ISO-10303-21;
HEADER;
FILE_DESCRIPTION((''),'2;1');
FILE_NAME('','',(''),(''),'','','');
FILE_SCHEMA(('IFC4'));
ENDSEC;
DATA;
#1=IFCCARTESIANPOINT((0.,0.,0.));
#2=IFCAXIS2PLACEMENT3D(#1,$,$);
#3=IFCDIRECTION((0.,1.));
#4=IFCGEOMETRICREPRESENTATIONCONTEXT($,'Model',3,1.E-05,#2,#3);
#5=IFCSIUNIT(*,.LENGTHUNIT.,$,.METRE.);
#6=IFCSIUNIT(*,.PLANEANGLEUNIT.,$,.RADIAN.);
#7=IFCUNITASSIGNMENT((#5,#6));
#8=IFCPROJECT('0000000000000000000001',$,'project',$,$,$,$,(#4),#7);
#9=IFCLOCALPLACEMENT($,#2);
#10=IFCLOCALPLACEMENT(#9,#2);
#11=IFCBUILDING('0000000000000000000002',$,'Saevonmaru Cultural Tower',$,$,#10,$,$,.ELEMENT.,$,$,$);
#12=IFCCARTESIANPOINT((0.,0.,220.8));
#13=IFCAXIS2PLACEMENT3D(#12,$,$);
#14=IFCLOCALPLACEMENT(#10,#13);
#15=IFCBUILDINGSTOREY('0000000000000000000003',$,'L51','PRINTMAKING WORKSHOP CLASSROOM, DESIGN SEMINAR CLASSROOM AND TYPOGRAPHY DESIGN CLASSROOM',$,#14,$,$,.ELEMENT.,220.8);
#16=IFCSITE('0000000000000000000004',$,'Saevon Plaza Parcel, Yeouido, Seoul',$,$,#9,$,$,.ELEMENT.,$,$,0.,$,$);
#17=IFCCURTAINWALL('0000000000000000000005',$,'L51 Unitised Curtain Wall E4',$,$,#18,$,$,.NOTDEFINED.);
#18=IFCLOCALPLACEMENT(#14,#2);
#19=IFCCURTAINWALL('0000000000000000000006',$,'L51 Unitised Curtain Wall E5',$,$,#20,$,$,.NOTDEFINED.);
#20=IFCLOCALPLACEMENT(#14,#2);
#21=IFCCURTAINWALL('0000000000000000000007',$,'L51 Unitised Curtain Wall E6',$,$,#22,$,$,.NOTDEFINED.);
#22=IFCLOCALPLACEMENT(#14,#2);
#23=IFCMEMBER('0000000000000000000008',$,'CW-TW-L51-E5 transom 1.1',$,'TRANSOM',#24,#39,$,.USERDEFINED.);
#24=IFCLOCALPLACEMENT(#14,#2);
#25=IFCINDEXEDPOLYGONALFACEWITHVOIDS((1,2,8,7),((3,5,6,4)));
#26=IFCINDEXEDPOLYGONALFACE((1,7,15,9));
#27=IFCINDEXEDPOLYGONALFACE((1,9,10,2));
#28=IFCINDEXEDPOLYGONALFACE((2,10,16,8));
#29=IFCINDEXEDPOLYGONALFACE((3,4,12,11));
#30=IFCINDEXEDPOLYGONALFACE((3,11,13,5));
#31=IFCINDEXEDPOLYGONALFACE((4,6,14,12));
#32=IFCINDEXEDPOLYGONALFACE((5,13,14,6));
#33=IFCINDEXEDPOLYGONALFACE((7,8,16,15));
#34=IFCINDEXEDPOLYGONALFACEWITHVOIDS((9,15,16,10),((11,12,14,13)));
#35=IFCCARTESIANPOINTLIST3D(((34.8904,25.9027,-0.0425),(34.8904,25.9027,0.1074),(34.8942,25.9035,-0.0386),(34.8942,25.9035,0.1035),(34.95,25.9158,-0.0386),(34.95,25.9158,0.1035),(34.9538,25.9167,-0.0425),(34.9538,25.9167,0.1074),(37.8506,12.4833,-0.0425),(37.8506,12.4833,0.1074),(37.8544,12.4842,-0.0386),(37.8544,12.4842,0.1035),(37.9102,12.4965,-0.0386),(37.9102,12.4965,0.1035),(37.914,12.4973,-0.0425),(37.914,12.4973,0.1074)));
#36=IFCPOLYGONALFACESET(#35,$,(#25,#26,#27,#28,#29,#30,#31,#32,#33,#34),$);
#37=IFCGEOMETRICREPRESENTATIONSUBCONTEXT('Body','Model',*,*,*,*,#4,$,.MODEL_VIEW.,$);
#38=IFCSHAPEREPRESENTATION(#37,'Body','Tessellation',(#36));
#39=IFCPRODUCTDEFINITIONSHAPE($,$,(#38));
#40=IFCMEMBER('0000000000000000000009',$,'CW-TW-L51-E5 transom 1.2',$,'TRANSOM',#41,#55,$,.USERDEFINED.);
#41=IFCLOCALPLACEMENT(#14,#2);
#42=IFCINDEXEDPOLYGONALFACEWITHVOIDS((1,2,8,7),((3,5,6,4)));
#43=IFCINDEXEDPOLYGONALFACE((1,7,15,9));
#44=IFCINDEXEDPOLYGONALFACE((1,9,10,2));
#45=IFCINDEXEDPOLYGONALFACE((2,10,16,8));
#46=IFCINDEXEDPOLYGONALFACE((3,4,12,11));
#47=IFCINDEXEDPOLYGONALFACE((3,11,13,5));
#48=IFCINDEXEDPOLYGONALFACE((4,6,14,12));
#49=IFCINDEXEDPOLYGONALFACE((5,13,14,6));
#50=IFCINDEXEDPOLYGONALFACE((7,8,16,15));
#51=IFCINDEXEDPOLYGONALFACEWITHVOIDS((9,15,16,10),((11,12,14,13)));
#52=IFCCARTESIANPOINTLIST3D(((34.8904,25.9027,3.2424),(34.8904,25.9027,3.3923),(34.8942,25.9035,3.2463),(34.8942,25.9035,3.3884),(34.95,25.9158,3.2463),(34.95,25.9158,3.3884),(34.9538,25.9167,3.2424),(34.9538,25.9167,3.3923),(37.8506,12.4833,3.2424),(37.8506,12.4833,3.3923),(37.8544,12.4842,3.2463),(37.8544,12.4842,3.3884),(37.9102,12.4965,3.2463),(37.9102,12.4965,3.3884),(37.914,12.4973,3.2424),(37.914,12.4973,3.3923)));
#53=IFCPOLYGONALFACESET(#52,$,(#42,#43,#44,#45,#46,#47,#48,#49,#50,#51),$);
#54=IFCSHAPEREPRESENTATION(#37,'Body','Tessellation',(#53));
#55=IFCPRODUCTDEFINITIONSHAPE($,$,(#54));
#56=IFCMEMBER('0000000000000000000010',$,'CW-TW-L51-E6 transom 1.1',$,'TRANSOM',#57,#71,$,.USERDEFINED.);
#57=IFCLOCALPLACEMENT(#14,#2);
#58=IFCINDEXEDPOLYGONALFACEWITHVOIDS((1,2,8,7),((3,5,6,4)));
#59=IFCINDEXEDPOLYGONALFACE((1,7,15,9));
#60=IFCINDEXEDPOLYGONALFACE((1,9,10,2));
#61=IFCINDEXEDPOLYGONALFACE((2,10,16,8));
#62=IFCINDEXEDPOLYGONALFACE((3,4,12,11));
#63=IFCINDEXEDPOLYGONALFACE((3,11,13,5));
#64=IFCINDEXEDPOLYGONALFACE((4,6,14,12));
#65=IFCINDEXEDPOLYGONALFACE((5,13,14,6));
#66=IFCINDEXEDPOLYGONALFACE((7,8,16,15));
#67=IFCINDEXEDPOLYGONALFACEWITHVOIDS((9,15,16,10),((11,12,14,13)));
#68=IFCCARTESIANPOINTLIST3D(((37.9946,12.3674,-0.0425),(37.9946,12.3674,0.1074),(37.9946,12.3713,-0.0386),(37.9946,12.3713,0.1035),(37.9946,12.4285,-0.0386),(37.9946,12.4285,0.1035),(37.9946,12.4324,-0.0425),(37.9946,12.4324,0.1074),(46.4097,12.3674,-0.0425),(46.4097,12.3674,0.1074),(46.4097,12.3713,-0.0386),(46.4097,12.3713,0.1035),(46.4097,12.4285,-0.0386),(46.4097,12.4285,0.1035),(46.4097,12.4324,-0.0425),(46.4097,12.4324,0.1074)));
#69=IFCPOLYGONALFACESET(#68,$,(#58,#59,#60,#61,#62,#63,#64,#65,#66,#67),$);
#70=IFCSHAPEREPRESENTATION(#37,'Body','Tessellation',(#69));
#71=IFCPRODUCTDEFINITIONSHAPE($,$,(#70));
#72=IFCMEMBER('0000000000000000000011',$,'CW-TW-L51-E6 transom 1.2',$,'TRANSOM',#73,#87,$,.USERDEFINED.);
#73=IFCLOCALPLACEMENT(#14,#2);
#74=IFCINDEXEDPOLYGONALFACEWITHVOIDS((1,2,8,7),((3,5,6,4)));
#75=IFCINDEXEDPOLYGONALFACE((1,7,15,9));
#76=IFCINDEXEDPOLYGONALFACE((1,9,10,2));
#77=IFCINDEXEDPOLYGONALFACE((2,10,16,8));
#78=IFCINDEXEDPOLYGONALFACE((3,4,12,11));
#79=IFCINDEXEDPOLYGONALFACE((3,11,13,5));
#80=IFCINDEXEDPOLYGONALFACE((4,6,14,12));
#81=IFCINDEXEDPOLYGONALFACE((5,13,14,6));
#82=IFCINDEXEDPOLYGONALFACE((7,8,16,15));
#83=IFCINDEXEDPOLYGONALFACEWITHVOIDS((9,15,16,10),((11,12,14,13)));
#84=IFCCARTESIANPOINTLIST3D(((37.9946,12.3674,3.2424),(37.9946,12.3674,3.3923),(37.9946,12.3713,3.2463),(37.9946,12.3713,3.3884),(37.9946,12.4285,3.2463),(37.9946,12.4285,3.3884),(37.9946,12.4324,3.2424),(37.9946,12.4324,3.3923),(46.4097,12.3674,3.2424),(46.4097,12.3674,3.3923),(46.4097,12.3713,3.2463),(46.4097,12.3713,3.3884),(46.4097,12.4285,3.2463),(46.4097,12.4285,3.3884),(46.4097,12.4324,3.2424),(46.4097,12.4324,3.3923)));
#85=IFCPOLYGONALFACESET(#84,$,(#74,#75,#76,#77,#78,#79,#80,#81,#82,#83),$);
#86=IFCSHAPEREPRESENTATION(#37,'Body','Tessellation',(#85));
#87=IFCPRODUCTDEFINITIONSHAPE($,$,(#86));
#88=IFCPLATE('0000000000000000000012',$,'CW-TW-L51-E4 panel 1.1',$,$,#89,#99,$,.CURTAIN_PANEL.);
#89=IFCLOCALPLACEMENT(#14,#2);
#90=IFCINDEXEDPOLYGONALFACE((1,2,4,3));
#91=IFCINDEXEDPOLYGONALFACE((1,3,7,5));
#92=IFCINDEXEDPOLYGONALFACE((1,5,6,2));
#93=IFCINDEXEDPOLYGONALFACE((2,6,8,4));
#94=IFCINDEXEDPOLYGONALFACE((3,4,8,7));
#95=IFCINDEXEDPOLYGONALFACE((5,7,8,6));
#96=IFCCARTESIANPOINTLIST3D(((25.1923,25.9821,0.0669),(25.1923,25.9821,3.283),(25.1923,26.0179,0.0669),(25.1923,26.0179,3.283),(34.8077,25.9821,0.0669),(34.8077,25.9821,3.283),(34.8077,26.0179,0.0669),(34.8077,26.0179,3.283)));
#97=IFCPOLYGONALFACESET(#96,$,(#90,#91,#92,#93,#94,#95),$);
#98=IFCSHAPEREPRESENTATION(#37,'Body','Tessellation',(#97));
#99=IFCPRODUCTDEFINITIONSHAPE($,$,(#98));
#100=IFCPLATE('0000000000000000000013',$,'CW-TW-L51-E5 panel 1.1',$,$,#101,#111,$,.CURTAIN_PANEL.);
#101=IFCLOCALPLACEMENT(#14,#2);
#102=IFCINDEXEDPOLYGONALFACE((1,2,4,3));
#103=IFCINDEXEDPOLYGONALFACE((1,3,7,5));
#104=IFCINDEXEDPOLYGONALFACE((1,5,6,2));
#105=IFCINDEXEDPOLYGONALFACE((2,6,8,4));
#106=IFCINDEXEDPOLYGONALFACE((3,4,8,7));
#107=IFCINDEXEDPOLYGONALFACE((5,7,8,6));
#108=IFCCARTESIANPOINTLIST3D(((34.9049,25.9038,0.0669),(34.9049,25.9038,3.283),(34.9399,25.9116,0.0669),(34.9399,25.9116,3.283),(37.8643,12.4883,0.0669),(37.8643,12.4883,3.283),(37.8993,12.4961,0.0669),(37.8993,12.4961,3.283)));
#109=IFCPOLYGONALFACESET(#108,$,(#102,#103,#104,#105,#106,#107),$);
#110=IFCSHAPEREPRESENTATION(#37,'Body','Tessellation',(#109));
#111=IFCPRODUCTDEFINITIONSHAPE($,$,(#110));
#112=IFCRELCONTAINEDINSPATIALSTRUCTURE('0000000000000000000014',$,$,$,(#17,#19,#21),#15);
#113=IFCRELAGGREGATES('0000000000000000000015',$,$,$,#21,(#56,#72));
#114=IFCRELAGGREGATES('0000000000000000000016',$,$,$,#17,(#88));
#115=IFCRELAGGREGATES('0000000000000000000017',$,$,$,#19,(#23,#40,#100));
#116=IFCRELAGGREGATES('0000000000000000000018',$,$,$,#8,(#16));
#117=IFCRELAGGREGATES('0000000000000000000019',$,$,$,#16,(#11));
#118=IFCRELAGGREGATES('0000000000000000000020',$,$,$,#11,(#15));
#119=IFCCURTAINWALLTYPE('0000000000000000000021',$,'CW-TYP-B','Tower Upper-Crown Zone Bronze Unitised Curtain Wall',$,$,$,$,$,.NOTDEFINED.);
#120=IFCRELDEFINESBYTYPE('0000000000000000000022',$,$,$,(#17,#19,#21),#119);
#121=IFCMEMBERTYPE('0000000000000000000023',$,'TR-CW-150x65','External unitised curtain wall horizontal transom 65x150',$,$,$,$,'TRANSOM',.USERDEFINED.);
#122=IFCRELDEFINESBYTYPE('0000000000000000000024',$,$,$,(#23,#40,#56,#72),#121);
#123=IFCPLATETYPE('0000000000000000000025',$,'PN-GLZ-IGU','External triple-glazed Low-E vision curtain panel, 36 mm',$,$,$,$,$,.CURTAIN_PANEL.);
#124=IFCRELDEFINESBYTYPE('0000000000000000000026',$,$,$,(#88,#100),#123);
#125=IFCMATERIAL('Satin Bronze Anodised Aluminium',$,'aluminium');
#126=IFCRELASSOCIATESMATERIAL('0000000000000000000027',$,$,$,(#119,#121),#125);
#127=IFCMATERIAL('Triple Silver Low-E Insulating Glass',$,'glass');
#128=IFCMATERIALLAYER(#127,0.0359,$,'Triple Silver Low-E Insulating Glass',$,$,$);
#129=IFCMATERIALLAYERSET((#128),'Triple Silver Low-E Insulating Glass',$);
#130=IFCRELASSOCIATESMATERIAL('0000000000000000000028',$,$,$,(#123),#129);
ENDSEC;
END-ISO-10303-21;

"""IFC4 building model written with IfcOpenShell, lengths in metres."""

from ifc_helpers import new_model, si_unit, direction, frame, origin, origin_2d, place, context, subcontext, project, spatial, rectangle, hollow_rectangle, extrude, material, layer, layer_set, material_profile, profile_set, type_object, element, aggregate, save


model = new_model("IFC4")

# Units and contexts
model_context = context("Model", 3, precision=1e-05, world=origin(), true_north=direction((0.0, 1.0)))
body_context = subcontext(model_context, "Body", "Model", "MODEL_VIEW")
ifc_project = project(units=[si_unit("LENGTHUNIT", "METRE"), si_unit("PLANEANGLEUNIT", "RADIAN")], contexts=[model_context])

# Site, building, storey
site_placement = place(None, origin())
site = spatial("IfcSite", under=ifc_project, at=site_placement, Name="Saevon Plaza Parcel, Yeouido, Seoul", CompositionType="ELEMENT", RefElevation=0.0)
building_placement = place(site_placement, origin())
building = spatial("IfcBuilding", under=site, at=building_placement, Name="Saevonmaru Cultural Tower", CompositionType="ELEMENT")
storey_placement = place(building_placement, frame((0.0, 0.0, 220.8)))
storey = spatial("IfcBuildingStorey", under=building, at=storey_placement, Name="L51", Description="PRINTMAKING WORKSHOP CLASSROOM, DESIGN SEMINAR CLASSROOM AND TYPOGRAPHY DESIGN CLASSROOM", CompositionType="ELEMENT", Elevation=220.8)

# Shared definitions
ifc_material_1 = material(Name="Satin Bronze Anodised Aluminium", Category="aluminium")
curtain_wall_type = type_object("IfcCurtainWallType", Name="CW-TYP-B", Description="Tower Upper-Crown Zone Bronze Unitised Curtain Wall", PredefinedType="NOTDEFINED", material=ifc_material_1)

# Curtain walls
curtain_wall_1_placement = place(storey_placement, origin())
curtain_wall_1 = element("IfcCurtainWall", 1, at=curtain_wall_1_placement, inside=storey, type_object=curtain_wall_type, Name="L51 Unitised Curtain Wall E4", PredefinedType="NOTDEFINED")
curtain_wall_2_placement = place(storey_placement, origin())
curtain_wall_2 = element("IfcCurtainWall", 2, at=curtain_wall_2_placement, inside=storey, type_object=curtain_wall_type, Name="L51 Unitised Curtain Wall E5", PredefinedType="NOTDEFINED")

# Curtain wall
curtain_wall_3_placement = place(storey_placement, origin())
curtain_wall_3 = element("IfcCurtainWall", 3, at=curtain_wall_3_placement, inside=storey, type_object=curtain_wall_type, Name="L51 Unitised Curtain Wall E6", PredefinedType="NOTDEFINED")

# Members
ifc_material_profile_1 = material_profile(ifc_material_1, hollow_rectangle(XDim=0.0649, YDim=0.1499, WallThickness=0.0039, at=origin_2d()), Name="ALU-TRAN-150x65x4")
ifc_profile_set_1 = profile_set([ifc_material_profile_1], Name="Satin Bronze Anodised Aluminium")
member_type_1 = type_object("IfcMemberType", Name="TR-CW-150x65", Description="External unitised curtain wall horizontal transom 65x150", ElementType="TRANSOM", PredefinedType="USERDEFINED", material=ifc_profile_set_1)
member_1_placement = place(storey_placement, frame((34.9221, 25.9097, 0.0325), z_axis=(0.215412, -0.976523, 0.0), x_axis=(0.976523, 0.215412, 0.0)))
member_1 = element("IfcMember", 4, at=member_1_placement, type_object=member_type_1, Name="CW-TW-L51-E5 transom 1.1", ObjectType="TRANSOM", PredefinedType="USERDEFINED", context=body_context, shape_type="SweptSolid", body=[
    extrude(hollow_rectangle(XDim=0.0649, YDim=0.1499, WallThickness=0.0039, at=origin_2d()), origin(), (0.0, 0.0, 1.0), 13.7419),
])
member_2_placement = place(storey_placement, frame((34.9221, 25.9097, 3.3174), z_axis=(0.215412, -0.976523, 0.0), x_axis=(0.976523, 0.215412, 0.0)))
member_2 = element("IfcMember", 5, at=member_2_placement, type_object=member_type_1, Name="CW-TW-L51-E5 transom 1.2", ObjectType="TRANSOM", PredefinedType="USERDEFINED", context=body_context, shape_type="SweptSolid", body=[
    extrude(hollow_rectangle(XDim=0.0649, YDim=0.1499, WallThickness=0.0039, at=origin_2d()), origin(), (0.0, 0.0, 1.0), 13.7419),
])
member_3_placement = place(storey_placement, frame((37.9946, 12.3999, 0.0325), z_axis=(1.0, 0.0, 0.0), x_axis=(0.0, 1.0, 0.0)))
member_3 = element("IfcMember", 6, at=member_3_placement, type_object=member_type_1, Name="CW-TW-L51-E6 transom 1.1", ObjectType="TRANSOM", PredefinedType="USERDEFINED", context=body_context, shape_type="SweptSolid", body=[
    extrude(hollow_rectangle(XDim=0.0649, YDim=0.1499, WallThickness=0.0039, at=origin_2d()), origin(), (0.0, 0.0, 1.0), 8.415),
])
member_4_placement = place(storey_placement, frame((37.9946, 12.3999, 3.3174), z_axis=(1.0, 0.0, 0.0), x_axis=(0.0, 1.0, 0.0)))
member_4 = element("IfcMember", 7, at=member_4_placement, type_object=member_type_1, Name="CW-TW-L51-E6 transom 1.2", ObjectType="TRANSOM", PredefinedType="USERDEFINED", context=body_context, shape_type="SweptSolid", body=[
    extrude(hollow_rectangle(XDim=0.0649, YDim=0.1499, WallThickness=0.0039, at=origin_2d()), origin(), (0.0, 0.0, 1.0), 8.415),
])
aggregate(curtain_wall_3, [member_3, member_4])

# Plates
ifc_material_2 = material(Name="Triple Silver Low-E Insulating Glass", Category="glass")
ifc_layer = layer(ifc_material_2, 0.0359, Name="Triple Silver Low-E Insulating Glass")
ifc_layer_set = layer_set([ifc_layer], Name="Triple Silver Low-E Insulating Glass")
plate_type = type_object("IfcPlateType", Name="PN-GLZ-IGU", Description="External triple-glazed Low-E vision curtain panel, 36 mm", PredefinedType="CURTAIN_PANEL", material=ifc_layer_set)
plate_1_placement = place(storey_placement, frame((30.0, 26.0, 0.0669), z_axis=(0.0, 0.0, 1.0), x_axis=(1.0, 0.0, 0.0)))
plate_1 = element("IfcPlate", 8, at=plate_1_placement, type_object=plate_type, Name="CW-TW-L51-E4 panel 1.1", PredefinedType="CURTAIN_PANEL", context=body_context, shape_type="SweptSolid", body=[
    extrude(rectangle(XDim=9.6155, YDim=0.0359, at=origin_2d()), origin(), (0.0, 0.0, 1.0), 3.2161),
])
aggregate(curtain_wall_1, [plate_1])
plate_2_placement = place(storey_placement, frame((36.4021, 19.2, 0.0669), z_axis=(0.0, 0.0, 1.0), x_axis=(0.215413, -0.976523, 0.0)))
plate_2 = element("IfcPlate", 9, at=plate_2_placement, type_object=plate_type, Name="CW-TW-L51-E5 panel 1.1", PredefinedType="CURTAIN_PANEL", context=body_context, shape_type="SweptSolid", body=[
    extrude(rectangle(XDim=13.738, YDim=0.0359, at=origin_2d()), origin(), (0.0, 0.0, 1.0), 3.2161),
])
aggregate(curtain_wall_2, [member_1, member_2, plate_2])

save(model, "model.ifc")
